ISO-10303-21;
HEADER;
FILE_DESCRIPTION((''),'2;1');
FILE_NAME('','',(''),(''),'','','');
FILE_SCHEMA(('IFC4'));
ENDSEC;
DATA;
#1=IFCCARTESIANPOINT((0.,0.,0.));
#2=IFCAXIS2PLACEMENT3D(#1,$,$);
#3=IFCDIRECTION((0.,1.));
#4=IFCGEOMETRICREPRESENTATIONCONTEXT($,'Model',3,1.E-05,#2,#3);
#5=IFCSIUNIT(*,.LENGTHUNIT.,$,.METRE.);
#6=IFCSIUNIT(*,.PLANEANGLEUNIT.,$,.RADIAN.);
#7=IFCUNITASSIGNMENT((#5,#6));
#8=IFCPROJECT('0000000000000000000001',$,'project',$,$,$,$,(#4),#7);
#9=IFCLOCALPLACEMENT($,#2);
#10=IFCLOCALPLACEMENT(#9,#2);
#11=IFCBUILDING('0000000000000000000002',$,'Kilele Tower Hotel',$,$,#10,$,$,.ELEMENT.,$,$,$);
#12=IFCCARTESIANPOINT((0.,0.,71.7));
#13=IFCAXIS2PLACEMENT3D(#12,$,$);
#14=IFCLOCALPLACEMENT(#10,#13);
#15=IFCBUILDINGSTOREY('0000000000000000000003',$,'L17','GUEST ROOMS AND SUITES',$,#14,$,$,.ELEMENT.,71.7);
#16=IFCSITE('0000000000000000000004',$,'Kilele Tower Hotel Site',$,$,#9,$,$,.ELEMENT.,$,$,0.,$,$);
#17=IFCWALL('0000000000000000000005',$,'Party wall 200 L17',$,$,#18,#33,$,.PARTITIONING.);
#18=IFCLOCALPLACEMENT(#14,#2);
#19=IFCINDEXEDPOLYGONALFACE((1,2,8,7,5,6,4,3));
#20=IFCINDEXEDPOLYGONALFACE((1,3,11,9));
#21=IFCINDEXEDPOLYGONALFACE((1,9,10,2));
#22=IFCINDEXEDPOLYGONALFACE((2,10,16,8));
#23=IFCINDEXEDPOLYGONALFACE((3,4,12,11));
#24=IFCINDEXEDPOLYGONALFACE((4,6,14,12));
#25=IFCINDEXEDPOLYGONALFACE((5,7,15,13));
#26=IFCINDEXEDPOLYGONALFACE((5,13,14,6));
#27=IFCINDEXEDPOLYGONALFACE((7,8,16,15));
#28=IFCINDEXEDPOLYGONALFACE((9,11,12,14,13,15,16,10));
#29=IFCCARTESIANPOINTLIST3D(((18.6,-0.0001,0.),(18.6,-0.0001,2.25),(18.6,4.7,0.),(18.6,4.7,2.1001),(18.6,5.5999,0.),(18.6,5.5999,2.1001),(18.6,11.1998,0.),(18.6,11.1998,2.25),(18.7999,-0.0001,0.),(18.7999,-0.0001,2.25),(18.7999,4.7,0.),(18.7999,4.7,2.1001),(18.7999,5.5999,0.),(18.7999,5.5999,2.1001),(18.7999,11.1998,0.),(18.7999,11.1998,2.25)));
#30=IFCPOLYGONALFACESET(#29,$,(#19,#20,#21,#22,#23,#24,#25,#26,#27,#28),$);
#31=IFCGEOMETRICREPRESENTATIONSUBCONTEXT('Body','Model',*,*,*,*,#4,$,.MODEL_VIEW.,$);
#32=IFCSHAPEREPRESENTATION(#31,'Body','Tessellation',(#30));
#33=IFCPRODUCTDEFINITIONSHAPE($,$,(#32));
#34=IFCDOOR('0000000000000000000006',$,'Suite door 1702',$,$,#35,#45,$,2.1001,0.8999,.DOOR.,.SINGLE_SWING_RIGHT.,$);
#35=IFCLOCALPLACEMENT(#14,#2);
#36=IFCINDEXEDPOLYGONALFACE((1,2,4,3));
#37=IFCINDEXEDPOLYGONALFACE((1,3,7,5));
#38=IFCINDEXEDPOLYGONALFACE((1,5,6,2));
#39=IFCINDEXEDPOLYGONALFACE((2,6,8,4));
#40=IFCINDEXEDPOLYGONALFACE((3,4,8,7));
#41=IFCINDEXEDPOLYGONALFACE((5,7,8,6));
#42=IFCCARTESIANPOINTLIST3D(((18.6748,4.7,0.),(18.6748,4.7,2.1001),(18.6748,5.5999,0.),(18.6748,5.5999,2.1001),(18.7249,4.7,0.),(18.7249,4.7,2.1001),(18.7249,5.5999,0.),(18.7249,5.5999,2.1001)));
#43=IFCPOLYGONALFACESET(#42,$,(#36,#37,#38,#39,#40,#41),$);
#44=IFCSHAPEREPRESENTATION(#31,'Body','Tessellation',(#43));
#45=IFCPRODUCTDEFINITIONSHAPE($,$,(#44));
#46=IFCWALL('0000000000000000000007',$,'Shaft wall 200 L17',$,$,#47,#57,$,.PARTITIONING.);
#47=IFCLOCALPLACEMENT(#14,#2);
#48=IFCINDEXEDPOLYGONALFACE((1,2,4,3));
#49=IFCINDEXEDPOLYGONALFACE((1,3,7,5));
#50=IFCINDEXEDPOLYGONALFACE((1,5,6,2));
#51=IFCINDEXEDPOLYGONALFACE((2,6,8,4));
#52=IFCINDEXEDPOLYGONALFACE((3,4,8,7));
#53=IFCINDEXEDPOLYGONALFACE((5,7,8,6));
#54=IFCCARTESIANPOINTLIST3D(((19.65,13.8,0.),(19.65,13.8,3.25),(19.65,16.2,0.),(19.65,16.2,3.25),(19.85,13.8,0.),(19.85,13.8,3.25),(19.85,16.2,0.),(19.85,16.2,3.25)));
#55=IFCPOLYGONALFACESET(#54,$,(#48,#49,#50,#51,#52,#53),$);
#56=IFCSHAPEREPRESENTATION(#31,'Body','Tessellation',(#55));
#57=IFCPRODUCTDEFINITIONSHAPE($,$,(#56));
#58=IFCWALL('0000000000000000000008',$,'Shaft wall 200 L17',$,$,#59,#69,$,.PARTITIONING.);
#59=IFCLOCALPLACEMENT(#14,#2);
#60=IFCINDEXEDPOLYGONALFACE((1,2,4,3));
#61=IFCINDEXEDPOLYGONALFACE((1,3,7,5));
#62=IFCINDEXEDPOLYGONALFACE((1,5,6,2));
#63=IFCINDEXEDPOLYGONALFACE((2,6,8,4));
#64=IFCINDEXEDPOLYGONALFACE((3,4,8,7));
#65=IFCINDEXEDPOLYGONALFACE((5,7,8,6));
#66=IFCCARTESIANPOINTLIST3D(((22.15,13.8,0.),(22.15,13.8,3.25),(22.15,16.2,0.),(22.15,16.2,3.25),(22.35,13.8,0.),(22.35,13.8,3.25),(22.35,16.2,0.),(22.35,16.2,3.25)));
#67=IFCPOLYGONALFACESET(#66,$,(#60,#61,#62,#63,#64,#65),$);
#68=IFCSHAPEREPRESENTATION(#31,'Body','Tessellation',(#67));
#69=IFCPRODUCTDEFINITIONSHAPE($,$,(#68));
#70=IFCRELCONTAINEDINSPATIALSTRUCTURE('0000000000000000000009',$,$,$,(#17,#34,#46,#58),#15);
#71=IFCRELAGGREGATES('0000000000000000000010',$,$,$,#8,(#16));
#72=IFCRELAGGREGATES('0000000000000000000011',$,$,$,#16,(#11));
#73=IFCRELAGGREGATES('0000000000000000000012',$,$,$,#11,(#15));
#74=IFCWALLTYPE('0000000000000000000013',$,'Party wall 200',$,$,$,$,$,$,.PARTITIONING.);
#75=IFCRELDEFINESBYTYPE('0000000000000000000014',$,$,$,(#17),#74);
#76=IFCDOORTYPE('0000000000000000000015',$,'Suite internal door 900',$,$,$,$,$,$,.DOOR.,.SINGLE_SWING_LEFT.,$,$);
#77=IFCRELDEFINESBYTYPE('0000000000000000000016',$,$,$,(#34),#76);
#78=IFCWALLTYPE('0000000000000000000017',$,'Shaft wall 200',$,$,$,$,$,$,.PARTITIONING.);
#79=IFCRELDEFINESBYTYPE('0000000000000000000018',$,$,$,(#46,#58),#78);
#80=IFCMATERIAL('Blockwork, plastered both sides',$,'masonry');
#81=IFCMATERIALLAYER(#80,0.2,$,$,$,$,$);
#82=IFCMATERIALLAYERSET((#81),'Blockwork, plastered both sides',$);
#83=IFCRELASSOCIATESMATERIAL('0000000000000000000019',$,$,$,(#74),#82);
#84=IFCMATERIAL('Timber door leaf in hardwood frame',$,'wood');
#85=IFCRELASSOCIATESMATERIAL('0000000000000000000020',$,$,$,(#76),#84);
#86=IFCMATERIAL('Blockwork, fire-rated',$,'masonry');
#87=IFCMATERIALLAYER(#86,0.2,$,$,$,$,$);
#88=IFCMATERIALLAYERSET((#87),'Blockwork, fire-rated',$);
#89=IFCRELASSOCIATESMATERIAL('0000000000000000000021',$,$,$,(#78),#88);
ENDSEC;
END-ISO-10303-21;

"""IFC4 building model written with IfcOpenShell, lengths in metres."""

from ifc_helpers import new_model, si_unit, direction, frame, frame_2d, origin, place, context, subcontext, project, spatial, rectangle, extrude, material, layer, layer_set, type_object, element, fill, save


model = new_model("IFC4")

# Units and contexts
model_context = context("Model", 3, precision=1e-05, world=origin(), true_north=direction((0.0, 1.0)))
body_context = subcontext(model_context, "Body", "Model", "MODEL_VIEW")
ifc_project = project(units=[si_unit("LENGTHUNIT", "METRE"), si_unit("PLANEANGLEUNIT", "RADIAN")], contexts=[model_context])

# Site, building, storey
site_placement = place(None, origin())
site = spatial("IfcSite", under=ifc_project, at=site_placement, Name="Kilele Tower Hotel Site", CompositionType="ELEMENT", RefElevation=0.0)
building_placement = place(site_placement, origin())
building = spatial("IfcBuilding", under=site, at=building_placement, Name="Kilele Tower Hotel", CompositionType="ELEMENT")
storey_placement = place(building_placement, frame((0.0, 0.0, 71.7)))
storey = spatial("IfcBuildingStorey", under=building, at=storey_placement, Name="L17", Description="GUEST ROOMS AND SUITES", CompositionType="ELEMENT", Elevation=71.7)

# Wall, opening, door
ifc_material_1 = material(Name="Blockwork, plastered both sides", Category="masonry")
ifc_layer_1 = layer(ifc_material_1, 0.2)
ifc_layer_set_1 = layer_set([ifc_layer_1], Name="Blockwork, plastered both sides")
wall_type_1 = type_object("IfcWallType", Name="Party wall 200", PredefinedType="PARTITIONING", material=ifc_layer_set_1)
wall_1_placement = place(storey_placement, frame((18.7, 11.2, 0.0), z_axis=(0.0, 0.0, 1.0), x_axis=(0.0, -1.0, 0.0)))
wall_1 = element("IfcWall", 1, at=wall_1_placement, inside=storey, type_object=wall_type_1, Name="Party wall 200 L17", PredefinedType="PARTITIONING", context=body_context, shape_type="SweptSolid", body=[
    extrude(rectangle(XDim=11.2, YDim=0.2, at=frame_2d((5.6001, 0.0))), origin(), (0.0, 0.0, 1.0), 2.25),
])
opening_1_placement = place(wall_1_placement, frame((5.6001, 0.0, 0.0)))
opening_1 = element("IfcOpeningElement", 2, at=opening_1_placement, cuts=wall_1, PredefinedType="OPENING", context=body_context, shape_type="SweptSolid", body=[
    extrude(rectangle(XDim=0.8999, YDim=2.1001, at=frame_2d((0.45, 1.05))), frame((0.0, 0.1099, 0.0), z_axis=(0.0, -1.0, 0.0), x_axis=(1.0, 0.0, 0.0)), (0.0, 0.0, 1.0), 0.22),
])
ifc_material_2 = material(Name="Timber door leaf in hardwood frame", Category="wood")
door_type_1 = type_object("IfcDoorType", Name="Suite internal door 900", OperationType="SINGLE_SWING_LEFT", PredefinedType="DOOR", material=ifc_material_2)
door_1_placement = place(opening_1_placement, origin())
door_1 = element("IfcDoor", 3, at=door_1_placement, inside=storey, type_object=door_type_1, Name="Suite door 1702", OperationType="SINGLE_SWING_RIGHT", OverallHeight=2.1001, OverallWidth=0.8999, PredefinedType="DOOR", context=body_context, shape_type="SweptSolid", body=[
    extrude(rectangle(XDim=0.8999, YDim=2.1001, at=frame_2d((0.45, 1.05))), frame((0.0, 0.0249, 0.0), z_axis=(0.0, -1.0, 0.0), x_axis=(1.0, 0.0, 0.0)), (0.0, 0.0, 1.0), 0.05),
])
fill(opening_1, door_1)

# Walls
ifc_material_3 = material(Name="Blockwork, fire-rated", Category="masonry")
ifc_layer_2 = layer(ifc_material_3, 0.2)
ifc_layer_set_2 = layer_set([ifc_layer_2], Name="Blockwork, fire-rated")
wall_type_2 = type_object("IfcWallType", Name="Shaft wall 200", PredefinedType="PARTITIONING", material=ifc_layer_set_2)
for number, where, z_axis, x_axis, name in (
    (4, (19.75, 13.8, 0.0), (0.0, 0.0, 1.0), (0.0, 1.0, 0.0), "Shaft wall 200 L17"),
    (5, (22.25, 13.8, 0.0), (0.0, 0.0, 1.0), (0.0, 1.0, 0.0), "Shaft wall 200 L17"),
):
    element("IfcWall", number, at=place(storey_placement, frame(where, z_axis=z_axis, x_axis=x_axis)), inside=storey, type_object=wall_type_2, Name=name, PredefinedType="PARTITIONING", context=body_context, shape_type="SweptSolid", body=[
        extrude(rectangle(XDim=2.3999, YDim=0.2, at=frame_2d((1.2, 0.0))), origin(), (0.0, 0.0, 1.0), 3.25),
    ])

save(model, "model.ifc")
